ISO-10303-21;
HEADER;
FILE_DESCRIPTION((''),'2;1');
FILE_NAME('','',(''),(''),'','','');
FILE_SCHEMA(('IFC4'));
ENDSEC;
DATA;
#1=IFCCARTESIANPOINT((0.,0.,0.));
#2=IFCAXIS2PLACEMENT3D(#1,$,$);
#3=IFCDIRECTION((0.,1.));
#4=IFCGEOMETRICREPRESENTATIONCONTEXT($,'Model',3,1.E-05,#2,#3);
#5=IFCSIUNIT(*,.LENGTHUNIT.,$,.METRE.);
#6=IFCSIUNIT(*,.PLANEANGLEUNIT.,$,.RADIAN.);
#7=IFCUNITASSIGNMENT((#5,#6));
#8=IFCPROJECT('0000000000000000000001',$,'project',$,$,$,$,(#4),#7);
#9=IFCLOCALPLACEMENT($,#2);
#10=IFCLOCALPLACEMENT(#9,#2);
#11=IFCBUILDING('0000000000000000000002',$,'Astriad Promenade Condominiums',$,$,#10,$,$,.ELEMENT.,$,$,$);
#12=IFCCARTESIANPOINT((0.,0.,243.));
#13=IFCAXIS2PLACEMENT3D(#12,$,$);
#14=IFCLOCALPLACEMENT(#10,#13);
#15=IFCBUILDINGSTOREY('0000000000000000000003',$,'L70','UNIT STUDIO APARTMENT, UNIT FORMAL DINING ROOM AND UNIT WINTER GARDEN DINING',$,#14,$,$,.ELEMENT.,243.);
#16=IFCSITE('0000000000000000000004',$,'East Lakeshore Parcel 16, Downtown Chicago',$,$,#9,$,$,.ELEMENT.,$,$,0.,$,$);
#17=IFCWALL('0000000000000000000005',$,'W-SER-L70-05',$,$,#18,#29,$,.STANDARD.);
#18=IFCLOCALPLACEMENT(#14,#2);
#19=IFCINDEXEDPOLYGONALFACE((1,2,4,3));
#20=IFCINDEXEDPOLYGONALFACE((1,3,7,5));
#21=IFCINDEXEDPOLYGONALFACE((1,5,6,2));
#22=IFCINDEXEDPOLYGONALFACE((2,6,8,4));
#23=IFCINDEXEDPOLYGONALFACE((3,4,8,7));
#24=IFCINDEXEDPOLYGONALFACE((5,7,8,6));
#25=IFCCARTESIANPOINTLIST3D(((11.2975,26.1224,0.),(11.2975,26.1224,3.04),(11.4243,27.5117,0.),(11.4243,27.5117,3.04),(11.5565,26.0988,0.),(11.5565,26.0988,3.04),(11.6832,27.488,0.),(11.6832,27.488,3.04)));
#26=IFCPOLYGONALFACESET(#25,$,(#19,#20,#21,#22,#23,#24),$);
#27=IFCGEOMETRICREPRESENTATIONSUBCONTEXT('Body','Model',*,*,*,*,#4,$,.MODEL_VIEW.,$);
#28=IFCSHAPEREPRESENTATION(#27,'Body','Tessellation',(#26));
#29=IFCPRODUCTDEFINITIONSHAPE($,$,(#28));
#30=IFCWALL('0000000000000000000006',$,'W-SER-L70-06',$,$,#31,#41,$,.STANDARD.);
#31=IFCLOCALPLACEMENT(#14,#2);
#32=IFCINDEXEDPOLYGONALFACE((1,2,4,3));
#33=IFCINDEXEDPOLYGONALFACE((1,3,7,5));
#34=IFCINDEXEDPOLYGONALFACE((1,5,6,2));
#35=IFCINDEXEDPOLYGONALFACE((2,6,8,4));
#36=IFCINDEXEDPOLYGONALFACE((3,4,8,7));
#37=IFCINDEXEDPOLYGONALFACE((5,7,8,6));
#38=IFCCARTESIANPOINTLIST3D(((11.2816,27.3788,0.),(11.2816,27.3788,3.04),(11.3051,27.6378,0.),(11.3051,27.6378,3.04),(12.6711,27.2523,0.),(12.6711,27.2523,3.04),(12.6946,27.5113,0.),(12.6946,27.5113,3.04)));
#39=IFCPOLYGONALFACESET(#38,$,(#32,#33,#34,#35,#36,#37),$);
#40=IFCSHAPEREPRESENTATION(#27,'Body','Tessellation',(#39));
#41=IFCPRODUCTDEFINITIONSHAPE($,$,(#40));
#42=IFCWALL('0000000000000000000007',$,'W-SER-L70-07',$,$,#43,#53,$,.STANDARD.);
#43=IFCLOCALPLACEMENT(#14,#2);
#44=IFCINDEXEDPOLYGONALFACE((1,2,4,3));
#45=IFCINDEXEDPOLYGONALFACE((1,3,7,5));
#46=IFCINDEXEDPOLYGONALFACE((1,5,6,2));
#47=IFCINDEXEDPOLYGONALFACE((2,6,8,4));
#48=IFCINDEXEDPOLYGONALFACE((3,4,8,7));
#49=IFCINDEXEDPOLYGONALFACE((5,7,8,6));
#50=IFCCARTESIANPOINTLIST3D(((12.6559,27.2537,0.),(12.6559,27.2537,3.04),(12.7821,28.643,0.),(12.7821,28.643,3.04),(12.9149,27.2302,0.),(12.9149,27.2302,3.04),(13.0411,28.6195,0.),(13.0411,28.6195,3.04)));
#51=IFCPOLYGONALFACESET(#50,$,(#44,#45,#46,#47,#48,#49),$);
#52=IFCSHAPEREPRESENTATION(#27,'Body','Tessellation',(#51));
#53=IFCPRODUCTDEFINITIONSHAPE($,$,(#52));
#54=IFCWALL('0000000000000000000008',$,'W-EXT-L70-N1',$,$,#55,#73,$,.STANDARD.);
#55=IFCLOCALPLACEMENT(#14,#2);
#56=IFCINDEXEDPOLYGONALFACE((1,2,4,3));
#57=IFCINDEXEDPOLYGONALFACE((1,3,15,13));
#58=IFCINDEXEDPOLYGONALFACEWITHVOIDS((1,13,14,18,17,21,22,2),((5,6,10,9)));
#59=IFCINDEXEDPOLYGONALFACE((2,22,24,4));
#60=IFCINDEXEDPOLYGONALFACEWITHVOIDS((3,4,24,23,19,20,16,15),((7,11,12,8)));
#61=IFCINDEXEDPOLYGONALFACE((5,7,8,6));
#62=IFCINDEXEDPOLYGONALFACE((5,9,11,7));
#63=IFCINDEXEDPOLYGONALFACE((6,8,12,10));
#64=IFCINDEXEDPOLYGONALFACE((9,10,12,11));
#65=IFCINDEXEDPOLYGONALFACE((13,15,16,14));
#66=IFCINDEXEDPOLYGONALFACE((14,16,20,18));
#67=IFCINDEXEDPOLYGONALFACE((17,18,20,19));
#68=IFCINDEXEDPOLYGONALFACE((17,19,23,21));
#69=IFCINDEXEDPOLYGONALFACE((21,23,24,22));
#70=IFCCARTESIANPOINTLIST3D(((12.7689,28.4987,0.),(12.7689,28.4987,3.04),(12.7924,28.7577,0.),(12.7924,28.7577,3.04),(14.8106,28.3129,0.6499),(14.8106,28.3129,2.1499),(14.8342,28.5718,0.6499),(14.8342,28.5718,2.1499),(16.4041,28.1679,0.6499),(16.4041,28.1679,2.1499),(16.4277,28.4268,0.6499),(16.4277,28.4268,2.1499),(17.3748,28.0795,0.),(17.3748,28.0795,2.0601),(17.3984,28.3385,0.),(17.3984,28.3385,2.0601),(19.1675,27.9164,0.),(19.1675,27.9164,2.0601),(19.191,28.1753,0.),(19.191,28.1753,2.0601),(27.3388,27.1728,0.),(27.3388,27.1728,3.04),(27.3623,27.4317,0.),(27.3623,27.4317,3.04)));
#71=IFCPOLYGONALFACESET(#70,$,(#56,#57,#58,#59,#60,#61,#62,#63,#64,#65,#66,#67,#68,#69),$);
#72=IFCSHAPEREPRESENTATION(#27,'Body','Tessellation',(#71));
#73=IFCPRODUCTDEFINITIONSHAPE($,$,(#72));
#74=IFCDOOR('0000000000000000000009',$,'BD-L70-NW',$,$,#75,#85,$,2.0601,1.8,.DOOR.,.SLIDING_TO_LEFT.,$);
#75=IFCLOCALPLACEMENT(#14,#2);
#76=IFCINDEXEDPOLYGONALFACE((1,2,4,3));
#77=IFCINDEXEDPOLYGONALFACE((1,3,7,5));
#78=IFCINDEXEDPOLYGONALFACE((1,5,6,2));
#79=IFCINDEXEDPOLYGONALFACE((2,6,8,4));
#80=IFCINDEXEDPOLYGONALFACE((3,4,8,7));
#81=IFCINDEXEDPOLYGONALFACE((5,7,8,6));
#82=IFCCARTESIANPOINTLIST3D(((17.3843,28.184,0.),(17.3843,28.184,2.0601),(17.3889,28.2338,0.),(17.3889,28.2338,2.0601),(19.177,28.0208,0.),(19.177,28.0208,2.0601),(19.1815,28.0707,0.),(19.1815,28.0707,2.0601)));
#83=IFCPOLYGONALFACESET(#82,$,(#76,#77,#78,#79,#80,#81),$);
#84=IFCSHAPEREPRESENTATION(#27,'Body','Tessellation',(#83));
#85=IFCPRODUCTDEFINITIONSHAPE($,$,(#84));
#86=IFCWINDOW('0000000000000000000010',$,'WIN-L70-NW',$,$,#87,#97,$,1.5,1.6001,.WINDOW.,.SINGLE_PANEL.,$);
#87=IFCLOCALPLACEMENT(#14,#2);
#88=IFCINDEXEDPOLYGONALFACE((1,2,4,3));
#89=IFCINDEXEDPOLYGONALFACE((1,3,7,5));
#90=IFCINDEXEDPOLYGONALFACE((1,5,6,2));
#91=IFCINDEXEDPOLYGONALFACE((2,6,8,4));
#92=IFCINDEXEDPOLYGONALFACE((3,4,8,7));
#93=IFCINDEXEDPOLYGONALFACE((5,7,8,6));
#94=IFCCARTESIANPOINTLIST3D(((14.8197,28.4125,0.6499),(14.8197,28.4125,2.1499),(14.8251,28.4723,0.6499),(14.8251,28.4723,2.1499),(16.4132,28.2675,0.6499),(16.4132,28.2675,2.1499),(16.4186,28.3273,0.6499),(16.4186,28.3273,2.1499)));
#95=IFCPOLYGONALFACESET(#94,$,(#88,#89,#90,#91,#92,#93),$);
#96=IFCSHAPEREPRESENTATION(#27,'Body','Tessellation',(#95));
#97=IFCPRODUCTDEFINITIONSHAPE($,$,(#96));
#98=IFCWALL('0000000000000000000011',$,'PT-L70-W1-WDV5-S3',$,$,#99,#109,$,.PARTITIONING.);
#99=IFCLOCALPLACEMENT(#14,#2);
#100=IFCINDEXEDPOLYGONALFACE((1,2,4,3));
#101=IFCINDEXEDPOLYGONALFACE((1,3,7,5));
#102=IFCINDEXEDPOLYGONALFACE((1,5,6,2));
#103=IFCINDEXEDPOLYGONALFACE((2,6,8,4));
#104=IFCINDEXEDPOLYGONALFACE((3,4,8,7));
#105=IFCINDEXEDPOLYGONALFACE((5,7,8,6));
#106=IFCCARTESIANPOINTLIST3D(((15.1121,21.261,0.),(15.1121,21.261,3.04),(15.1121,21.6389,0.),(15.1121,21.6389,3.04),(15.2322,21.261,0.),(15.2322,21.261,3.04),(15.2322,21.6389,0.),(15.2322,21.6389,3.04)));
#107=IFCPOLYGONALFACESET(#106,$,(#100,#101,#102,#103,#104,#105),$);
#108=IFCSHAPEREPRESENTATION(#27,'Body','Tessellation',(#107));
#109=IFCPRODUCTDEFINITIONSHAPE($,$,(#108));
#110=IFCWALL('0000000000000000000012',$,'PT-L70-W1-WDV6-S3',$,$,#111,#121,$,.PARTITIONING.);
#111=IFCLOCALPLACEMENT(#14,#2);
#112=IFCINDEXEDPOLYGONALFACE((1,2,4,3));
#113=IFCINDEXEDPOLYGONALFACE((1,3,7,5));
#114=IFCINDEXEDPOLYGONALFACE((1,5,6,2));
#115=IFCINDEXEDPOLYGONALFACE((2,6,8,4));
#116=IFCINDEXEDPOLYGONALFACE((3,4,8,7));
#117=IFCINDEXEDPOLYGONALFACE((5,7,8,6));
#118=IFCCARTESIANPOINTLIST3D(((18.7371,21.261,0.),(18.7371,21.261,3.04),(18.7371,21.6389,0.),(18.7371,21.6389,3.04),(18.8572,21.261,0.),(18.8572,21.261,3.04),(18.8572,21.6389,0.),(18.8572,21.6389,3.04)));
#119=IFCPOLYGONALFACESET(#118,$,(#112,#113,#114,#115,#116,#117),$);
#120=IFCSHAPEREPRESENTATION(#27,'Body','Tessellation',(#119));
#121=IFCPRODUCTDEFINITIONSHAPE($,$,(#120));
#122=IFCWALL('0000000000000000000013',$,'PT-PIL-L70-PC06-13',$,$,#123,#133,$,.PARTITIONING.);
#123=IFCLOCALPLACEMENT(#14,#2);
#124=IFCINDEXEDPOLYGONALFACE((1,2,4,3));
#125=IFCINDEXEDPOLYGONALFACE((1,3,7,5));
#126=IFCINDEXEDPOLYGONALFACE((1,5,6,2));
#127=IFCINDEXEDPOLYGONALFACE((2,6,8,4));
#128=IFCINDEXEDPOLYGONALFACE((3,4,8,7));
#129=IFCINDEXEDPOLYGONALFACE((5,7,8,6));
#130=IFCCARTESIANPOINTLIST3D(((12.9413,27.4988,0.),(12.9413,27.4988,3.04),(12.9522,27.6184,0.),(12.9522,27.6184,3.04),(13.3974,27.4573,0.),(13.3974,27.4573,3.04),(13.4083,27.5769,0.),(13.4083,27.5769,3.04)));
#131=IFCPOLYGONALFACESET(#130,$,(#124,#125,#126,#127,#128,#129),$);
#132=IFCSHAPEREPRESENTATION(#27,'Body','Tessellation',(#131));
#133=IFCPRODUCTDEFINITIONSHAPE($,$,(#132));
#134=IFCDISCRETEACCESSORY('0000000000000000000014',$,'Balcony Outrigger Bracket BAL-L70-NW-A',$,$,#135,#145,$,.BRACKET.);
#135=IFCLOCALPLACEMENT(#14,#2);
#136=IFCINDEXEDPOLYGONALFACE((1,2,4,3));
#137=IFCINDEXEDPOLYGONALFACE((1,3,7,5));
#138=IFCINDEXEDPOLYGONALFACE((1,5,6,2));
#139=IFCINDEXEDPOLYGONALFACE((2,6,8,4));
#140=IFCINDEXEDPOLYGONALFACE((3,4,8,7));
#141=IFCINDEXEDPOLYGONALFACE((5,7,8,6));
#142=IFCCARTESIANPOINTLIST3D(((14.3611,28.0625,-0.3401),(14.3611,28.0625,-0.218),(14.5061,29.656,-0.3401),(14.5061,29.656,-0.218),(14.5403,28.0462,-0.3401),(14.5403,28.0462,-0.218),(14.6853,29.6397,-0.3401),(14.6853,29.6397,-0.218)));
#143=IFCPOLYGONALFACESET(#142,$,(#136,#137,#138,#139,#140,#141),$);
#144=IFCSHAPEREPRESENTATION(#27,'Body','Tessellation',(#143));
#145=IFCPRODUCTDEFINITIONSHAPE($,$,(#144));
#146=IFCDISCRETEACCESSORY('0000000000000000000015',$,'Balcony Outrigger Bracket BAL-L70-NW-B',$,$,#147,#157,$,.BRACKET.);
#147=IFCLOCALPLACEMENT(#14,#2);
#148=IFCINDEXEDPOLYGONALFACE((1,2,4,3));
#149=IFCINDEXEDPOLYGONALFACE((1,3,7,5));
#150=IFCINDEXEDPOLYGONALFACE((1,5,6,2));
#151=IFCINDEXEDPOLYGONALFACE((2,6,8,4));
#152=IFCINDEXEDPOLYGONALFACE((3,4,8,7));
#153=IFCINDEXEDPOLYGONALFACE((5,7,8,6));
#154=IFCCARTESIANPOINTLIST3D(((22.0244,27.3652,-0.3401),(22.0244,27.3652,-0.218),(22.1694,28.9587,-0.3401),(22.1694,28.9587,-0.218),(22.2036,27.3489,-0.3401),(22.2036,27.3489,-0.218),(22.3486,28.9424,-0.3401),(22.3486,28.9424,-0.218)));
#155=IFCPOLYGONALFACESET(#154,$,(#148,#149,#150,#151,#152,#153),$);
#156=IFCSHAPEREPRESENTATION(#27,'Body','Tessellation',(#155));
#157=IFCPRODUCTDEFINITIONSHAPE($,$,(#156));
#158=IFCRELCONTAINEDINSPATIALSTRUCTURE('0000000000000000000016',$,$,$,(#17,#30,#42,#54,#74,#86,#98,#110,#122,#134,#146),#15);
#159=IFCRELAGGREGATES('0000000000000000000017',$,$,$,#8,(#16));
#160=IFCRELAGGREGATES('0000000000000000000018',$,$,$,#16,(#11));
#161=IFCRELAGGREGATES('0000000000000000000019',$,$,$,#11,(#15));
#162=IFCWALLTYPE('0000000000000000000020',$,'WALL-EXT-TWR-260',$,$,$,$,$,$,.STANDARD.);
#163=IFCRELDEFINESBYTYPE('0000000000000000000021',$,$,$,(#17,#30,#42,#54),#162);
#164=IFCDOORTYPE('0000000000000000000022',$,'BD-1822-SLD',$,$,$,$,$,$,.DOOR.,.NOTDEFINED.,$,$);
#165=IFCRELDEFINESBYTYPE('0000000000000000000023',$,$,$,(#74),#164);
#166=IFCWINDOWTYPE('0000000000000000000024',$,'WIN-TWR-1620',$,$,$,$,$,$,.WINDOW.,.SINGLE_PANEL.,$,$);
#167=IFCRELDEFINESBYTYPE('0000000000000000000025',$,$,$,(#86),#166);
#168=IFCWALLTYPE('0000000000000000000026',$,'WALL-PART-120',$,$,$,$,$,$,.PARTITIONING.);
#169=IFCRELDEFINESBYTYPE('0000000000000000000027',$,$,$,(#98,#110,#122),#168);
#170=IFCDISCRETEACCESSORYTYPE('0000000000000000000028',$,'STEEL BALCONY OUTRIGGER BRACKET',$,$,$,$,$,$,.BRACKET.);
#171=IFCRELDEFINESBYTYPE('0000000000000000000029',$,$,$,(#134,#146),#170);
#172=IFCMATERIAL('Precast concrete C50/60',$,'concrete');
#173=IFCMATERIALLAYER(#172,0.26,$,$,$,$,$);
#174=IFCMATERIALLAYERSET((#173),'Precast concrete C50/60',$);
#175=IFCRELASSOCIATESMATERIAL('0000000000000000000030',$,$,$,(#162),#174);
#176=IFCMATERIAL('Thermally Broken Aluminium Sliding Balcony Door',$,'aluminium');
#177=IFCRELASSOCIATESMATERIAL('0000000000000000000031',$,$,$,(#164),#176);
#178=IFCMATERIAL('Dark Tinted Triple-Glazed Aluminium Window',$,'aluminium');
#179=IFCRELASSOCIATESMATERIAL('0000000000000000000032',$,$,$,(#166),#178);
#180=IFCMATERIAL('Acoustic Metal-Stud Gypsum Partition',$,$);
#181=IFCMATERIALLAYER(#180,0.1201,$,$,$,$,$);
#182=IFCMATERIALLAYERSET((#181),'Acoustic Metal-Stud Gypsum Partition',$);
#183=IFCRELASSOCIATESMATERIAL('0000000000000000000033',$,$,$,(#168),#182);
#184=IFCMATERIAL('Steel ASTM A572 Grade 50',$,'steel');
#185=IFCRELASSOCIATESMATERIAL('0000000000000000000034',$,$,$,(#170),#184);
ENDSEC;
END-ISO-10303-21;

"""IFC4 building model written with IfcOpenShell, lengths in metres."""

from ifc_helpers import new_model, si_unit, direction, frame, frame_2d, origin, origin_2d, place, context, subcontext, project, spatial, rectangle, extrude, source, transform, mapped, material, layer, layer_set, type_object, type_shapes, element, fill, save


model = new_model("IFC4")

# Units and contexts
model_context = context("Model", 3, precision=1e-05, world=origin(), true_north=direction((0.0, 1.0)))
body_context = subcontext(model_context, "Body", "Model", "MODEL_VIEW")
ifc_project = project(units=[si_unit("LENGTHUNIT", "METRE"), si_unit("PLANEANGLEUNIT", "RADIAN")], contexts=[model_context])

# Site, building, storey
site_placement = place(None, origin())
site = spatial("IfcSite", under=ifc_project, at=site_placement, Name="East Lakeshore Parcel 16, Downtown Chicago", CompositionType="ELEMENT", RefElevation=0.0)
building_placement = place(site_placement, origin())
building = spatial("IfcBuilding", under=site, at=building_placement, Name="Astriad Promenade Condominiums", CompositionType="ELEMENT")
storey_placement = place(building_placement, frame((0.0, 0.0, 243.0)))
storey = spatial("IfcBuildingStorey", under=building, at=storey_placement, Name="L70", Description="UNIT STUDIO APARTMENT, UNIT FORMAL DINING ROOM AND UNIT WINTER GARDEN DINING", CompositionType="ELEMENT", Elevation=243.0)

# Walls
ifc_material_1 = material(Name="Precast concrete C50/60", Category="concrete")
ifc_layer_1 = layer(ifc_material_1, 0.26)
ifc_layer_set_1 = layer_set([ifc_layer_1], Name="Precast concrete C50/60")
wall_type_1 = type_object("IfcWallType", Name="WALL-EXT-TWR-260", PredefinedType="STANDARD", material=ifc_layer_set_1)
wall_1_placement = place(storey_placement, frame((11.427, 26.1106, 0.0), z_axis=(0.0, 0.0, 1.0), x_axis=(0.090836, 0.995866, 0.0)))
element("IfcWall", 1, at=wall_1_placement, inside=storey, type_object=wall_type_1, Name="W-SER-L70-05", PredefinedType="STANDARD", context=body_context, shape_type="SweptSolid", body=[
    extrude(rectangle(XDim=1.395, YDim=0.26, at=frame_2d((0.6975, 0.0))), origin(), (0.0, 0.0, 1.0), 3.04),
])
wall_2_placement = place(storey_placement, frame((11.2932, 27.5083, 0.0), z_axis=(0.0, 0.0, 1.0), x_axis=(0.995883, -0.090646, 0.0)))
element("IfcWall", 2, at=wall_2_placement, inside=storey, type_object=wall_type_1, Name="W-SER-L70-06", PredefinedType="STANDARD", context=body_context, shape_type="SweptSolid", body=[
    extrude(rectangle(XDim=1.3953, YDim=0.26, at=frame_2d((0.6978, 0.0))), origin(), (0.0, 0.0, 1.0), 3.04),
])
wall_3_placement = place(storey_placement, frame((12.7854, 27.2419, 0.0), z_axis=(0.0, 0.0, 1.0), x_axis=(0.090473, 0.995899, 0.0)))
element("IfcWall", 3, at=wall_3_placement, inside=storey, type_object=wall_type_1, Name="W-SER-L70-07", PredefinedType="STANDARD", context=body_context, shape_type="SweptSolid", body=[
    extrude(rectangle(XDim=1.395, YDim=0.26, at=frame_2d((0.6975, 0.0))), origin(), (0.0, 0.0, 1.0), 3.04),
])

# Wall, openings, door, window
wall_4_placement = place(storey_placement, frame((12.7808, 28.6282, 0.0), z_axis=(0.0, 0.0, 1.0), x_axis=(0.995885, -0.090631, 0.0)))
wall_4 = element("IfcWall", 4, at=wall_4_placement, inside=storey, type_object=wall_type_1, Name="W-EXT-L70-N1", PredefinedType="STANDARD", context=body_context, shape_type="SweptSolid", body=[
    extrude(rectangle(XDim=14.6301, YDim=0.26, at=frame_2d((7.3149, 0.0))), origin(), (0.0, 0.0, 1.0), 3.04),
])
opening_1_placement = place(wall_4_placement, frame((4.625, 0.0, 0.0)))
opening_1 = element("IfcOpeningElement", 5, at=opening_1_placement, cuts=wall_4, PredefinedType="OPENING", context=body_context, shape_type="SweptSolid", body=[
    extrude(rectangle(XDim=1.8, YDim=2.0601, at=frame_2d((0.8999, 1.03))), frame((0.0, 0.1399, 0.0), z_axis=(0.0, -1.0, 0.0), x_axis=(1.0, 0.0, 0.0)), (0.0, 0.0, 1.0), 0.28),
])
opening_2_placement = place(wall_4_placement, frame((2.05, 0.0, 0.6499)))
opening_2 = element("IfcOpeningElement", 6, at=opening_2_placement, cuts=wall_4, PredefinedType="OPENING", context=body_context, shape_type="SweptSolid", body=[
    extrude(rectangle(XDim=1.6001, YDim=1.5, at=frame_2d((0.8, 0.75))), frame((0.0, 0.1399, 0.0), z_axis=(0.0, -1.0, 0.0), x_axis=(1.0, 0.0, 0.0)), (0.0, 0.0, 1.0), 0.28),
])
ifc_material_2 = material(Name="Thermally Broken Aluminium Sliding Balcony Door", Category="aluminium")
door_type = type_object("IfcDoorType", Name="BD-1822-SLD", OperationType="NOTDEFINED", PredefinedType="DOOR", material=ifc_material_2)
shared_shape_1 = source(origin(), body_context, "Body", "SweptSolid", [
    extrude(rectangle(XDim=1.8, YDim=2.0601, at=frame_2d((0.8999, 1.03))), frame((0.0, 0.0249, 0.0), z_axis=(0.0, -1.0, 0.0), x_axis=(1.0, 0.0, 0.0)), (0.0, 0.0, 1.0), 0.05),
])
type_shapes(door_type, [shared_shape_1])
door_placement = place(opening_1_placement, origin())
door = element("IfcDoor", 7, at=door_placement, inside=storey, type_object=door_type, Name="BD-L70-NW", OperationType="SLIDING_TO_LEFT", OverallHeight=2.0601, OverallWidth=1.8, PredefinedType="DOOR", context=body_context, shape_type="MappedRepresentation", body=[
    mapped(shared_shape_1, transform((0.0, 0.0, 0.0), scale=1.0)),
])
fill(opening_1, door)
ifc_material_3 = material(Name="Dark Tinted Triple-Glazed Aluminium Window", Category="aluminium")
window_type = type_object("IfcWindowType", Name="WIN-TWR-1620", PartitioningType="SINGLE_PANEL", PredefinedType="WINDOW", material=ifc_material_3)
shared_shape_2 = source(origin(), body_context, "Body", "SweptSolid", [
    extrude(rectangle(XDim=1.6001, YDim=1.5, at=frame_2d((0.8, 0.75))), frame((0.0, 0.03, 0.0), z_axis=(0.0, -1.0, 0.0), x_axis=(1.0, 0.0, 0.0)), (0.0, 0.0, 1.0), 0.0601),
])
type_shapes(window_type, [shared_shape_2])
window_placement = place(opening_2_placement, origin())
window = element("IfcWindow", 8, at=window_placement, inside=storey, type_object=window_type, Name="WIN-L70-NW", OverallHeight=1.5, OverallWidth=1.6001, PartitioningType="SINGLE_PANEL", PredefinedType="WINDOW", context=body_context, shape_type="MappedRepresentation", body=[
    mapped(shared_shape_2, transform((0.0, 0.0, 0.0), scale=1.0)),
])
fill(opening_2, window)

# Walls
ifc_material_4 = material(Name="Acoustic Metal-Stud Gypsum Partition")
ifc_layer_2 = layer(ifc_material_4, 0.1201)
ifc_layer_set_2 = layer_set([ifc_layer_2], Name="Acoustic Metal-Stud Gypsum Partition")
wall_type_2 = type_object("IfcWallType", Name="WALL-PART-120", PredefinedType="PARTITIONING", material=ifc_layer_set_2)
for number, where, z_axis, x_axis, name in (
    (9, (15.1721, 21.261, 0.0), (0.0, 0.0, 1.0), (0.0, 1.0, 0.0), "PT-L70-W1-WDV5-S3"),
    (10, (18.7971, 21.261, 0.0), (0.0, 0.0, 1.0), (0.0, 1.0, 0.0), "PT-L70-W1-WDV6-S3"),
):
    element("IfcWall", number, at=place(storey_placement, frame(where, z_axis=z_axis, x_axis=x_axis)), inside=storey, type_object=wall_type_2, Name=name, PredefinedType="PARTITIONING", context=body_context, shape_type="SweptSolid", body=[
        extrude(rectangle(XDim=0.3779, YDim=0.1201, at=frame_2d((0.189, 0.0))), origin(), (0.0, 0.0, 1.0), 3.04),
    ])
wall_5_placement = place(storey_placement, frame((13.4028, 27.5171, 0.0), z_axis=(0.0, 0.0, 1.0), x_axis=(-0.995884, 0.090632, 0.0)))
element("IfcWall", 11, at=wall_5_placement, inside=storey, type_object=wall_type_2, Name="PT-PIL-L70-PC06-13", PredefinedType="PARTITIONING", context=body_context, shape_type="SweptSolid", body=[
    extrude(rectangle(XDim=0.458, YDim=0.1201, at=frame_2d((0.229, 0.0))), origin(), (0.0, 0.0, 1.0), 3.04),
])

# Discrete accessories
ifc_material_5 = material(Name="Steel ASTM A572 Grade 50", Category="steel")
discrete_accessory_type = type_object("IfcDiscreteAccessoryType", Name="STEEL BALCONY OUTRIGGER BRACKET", PredefinedType="BRACKET", material=ifc_material_5)
shared_shape_3 = source(origin(), body_context, "Body", "SweptSolid", [
    extrude(rectangle(XDim=1.6001, YDim=0.1799, at=origin_2d()), origin(), (0.0, 0.0, 1.0), 0.1221),
])
type_shapes(discrete_accessory_type, [shared_shape_3])
for number, where, z_axis, x_axis, name in (
    (12, (14.5232, 28.8511, -0.3401), (0.0, 0.0, 1.0), (0.090633, 0.995884, 0.0), "Balcony Outrigger Bracket BAL-L70-NW-A"),
    (13, (22.1865, 28.1538, -0.3401), (0.0, 0.0, 1.0), (0.090633, 0.995884, 0.0), "Balcony Outrigger Bracket BAL-L70-NW-B"),
):
    element("IfcDiscreteAccessory", number, at=place(storey_placement, frame(where, z_axis=z_axis, x_axis=x_axis)), inside=storey, type_object=discrete_accessory_type, Name=name, PredefinedType="BRACKET", context=body_context, shape_type="MappedRepresentation", body=[
        mapped(shared_shape_3, transform((0.0, 0.0, 0.0), scale=1.0)),
    ])

save(model, "model.ifc")
